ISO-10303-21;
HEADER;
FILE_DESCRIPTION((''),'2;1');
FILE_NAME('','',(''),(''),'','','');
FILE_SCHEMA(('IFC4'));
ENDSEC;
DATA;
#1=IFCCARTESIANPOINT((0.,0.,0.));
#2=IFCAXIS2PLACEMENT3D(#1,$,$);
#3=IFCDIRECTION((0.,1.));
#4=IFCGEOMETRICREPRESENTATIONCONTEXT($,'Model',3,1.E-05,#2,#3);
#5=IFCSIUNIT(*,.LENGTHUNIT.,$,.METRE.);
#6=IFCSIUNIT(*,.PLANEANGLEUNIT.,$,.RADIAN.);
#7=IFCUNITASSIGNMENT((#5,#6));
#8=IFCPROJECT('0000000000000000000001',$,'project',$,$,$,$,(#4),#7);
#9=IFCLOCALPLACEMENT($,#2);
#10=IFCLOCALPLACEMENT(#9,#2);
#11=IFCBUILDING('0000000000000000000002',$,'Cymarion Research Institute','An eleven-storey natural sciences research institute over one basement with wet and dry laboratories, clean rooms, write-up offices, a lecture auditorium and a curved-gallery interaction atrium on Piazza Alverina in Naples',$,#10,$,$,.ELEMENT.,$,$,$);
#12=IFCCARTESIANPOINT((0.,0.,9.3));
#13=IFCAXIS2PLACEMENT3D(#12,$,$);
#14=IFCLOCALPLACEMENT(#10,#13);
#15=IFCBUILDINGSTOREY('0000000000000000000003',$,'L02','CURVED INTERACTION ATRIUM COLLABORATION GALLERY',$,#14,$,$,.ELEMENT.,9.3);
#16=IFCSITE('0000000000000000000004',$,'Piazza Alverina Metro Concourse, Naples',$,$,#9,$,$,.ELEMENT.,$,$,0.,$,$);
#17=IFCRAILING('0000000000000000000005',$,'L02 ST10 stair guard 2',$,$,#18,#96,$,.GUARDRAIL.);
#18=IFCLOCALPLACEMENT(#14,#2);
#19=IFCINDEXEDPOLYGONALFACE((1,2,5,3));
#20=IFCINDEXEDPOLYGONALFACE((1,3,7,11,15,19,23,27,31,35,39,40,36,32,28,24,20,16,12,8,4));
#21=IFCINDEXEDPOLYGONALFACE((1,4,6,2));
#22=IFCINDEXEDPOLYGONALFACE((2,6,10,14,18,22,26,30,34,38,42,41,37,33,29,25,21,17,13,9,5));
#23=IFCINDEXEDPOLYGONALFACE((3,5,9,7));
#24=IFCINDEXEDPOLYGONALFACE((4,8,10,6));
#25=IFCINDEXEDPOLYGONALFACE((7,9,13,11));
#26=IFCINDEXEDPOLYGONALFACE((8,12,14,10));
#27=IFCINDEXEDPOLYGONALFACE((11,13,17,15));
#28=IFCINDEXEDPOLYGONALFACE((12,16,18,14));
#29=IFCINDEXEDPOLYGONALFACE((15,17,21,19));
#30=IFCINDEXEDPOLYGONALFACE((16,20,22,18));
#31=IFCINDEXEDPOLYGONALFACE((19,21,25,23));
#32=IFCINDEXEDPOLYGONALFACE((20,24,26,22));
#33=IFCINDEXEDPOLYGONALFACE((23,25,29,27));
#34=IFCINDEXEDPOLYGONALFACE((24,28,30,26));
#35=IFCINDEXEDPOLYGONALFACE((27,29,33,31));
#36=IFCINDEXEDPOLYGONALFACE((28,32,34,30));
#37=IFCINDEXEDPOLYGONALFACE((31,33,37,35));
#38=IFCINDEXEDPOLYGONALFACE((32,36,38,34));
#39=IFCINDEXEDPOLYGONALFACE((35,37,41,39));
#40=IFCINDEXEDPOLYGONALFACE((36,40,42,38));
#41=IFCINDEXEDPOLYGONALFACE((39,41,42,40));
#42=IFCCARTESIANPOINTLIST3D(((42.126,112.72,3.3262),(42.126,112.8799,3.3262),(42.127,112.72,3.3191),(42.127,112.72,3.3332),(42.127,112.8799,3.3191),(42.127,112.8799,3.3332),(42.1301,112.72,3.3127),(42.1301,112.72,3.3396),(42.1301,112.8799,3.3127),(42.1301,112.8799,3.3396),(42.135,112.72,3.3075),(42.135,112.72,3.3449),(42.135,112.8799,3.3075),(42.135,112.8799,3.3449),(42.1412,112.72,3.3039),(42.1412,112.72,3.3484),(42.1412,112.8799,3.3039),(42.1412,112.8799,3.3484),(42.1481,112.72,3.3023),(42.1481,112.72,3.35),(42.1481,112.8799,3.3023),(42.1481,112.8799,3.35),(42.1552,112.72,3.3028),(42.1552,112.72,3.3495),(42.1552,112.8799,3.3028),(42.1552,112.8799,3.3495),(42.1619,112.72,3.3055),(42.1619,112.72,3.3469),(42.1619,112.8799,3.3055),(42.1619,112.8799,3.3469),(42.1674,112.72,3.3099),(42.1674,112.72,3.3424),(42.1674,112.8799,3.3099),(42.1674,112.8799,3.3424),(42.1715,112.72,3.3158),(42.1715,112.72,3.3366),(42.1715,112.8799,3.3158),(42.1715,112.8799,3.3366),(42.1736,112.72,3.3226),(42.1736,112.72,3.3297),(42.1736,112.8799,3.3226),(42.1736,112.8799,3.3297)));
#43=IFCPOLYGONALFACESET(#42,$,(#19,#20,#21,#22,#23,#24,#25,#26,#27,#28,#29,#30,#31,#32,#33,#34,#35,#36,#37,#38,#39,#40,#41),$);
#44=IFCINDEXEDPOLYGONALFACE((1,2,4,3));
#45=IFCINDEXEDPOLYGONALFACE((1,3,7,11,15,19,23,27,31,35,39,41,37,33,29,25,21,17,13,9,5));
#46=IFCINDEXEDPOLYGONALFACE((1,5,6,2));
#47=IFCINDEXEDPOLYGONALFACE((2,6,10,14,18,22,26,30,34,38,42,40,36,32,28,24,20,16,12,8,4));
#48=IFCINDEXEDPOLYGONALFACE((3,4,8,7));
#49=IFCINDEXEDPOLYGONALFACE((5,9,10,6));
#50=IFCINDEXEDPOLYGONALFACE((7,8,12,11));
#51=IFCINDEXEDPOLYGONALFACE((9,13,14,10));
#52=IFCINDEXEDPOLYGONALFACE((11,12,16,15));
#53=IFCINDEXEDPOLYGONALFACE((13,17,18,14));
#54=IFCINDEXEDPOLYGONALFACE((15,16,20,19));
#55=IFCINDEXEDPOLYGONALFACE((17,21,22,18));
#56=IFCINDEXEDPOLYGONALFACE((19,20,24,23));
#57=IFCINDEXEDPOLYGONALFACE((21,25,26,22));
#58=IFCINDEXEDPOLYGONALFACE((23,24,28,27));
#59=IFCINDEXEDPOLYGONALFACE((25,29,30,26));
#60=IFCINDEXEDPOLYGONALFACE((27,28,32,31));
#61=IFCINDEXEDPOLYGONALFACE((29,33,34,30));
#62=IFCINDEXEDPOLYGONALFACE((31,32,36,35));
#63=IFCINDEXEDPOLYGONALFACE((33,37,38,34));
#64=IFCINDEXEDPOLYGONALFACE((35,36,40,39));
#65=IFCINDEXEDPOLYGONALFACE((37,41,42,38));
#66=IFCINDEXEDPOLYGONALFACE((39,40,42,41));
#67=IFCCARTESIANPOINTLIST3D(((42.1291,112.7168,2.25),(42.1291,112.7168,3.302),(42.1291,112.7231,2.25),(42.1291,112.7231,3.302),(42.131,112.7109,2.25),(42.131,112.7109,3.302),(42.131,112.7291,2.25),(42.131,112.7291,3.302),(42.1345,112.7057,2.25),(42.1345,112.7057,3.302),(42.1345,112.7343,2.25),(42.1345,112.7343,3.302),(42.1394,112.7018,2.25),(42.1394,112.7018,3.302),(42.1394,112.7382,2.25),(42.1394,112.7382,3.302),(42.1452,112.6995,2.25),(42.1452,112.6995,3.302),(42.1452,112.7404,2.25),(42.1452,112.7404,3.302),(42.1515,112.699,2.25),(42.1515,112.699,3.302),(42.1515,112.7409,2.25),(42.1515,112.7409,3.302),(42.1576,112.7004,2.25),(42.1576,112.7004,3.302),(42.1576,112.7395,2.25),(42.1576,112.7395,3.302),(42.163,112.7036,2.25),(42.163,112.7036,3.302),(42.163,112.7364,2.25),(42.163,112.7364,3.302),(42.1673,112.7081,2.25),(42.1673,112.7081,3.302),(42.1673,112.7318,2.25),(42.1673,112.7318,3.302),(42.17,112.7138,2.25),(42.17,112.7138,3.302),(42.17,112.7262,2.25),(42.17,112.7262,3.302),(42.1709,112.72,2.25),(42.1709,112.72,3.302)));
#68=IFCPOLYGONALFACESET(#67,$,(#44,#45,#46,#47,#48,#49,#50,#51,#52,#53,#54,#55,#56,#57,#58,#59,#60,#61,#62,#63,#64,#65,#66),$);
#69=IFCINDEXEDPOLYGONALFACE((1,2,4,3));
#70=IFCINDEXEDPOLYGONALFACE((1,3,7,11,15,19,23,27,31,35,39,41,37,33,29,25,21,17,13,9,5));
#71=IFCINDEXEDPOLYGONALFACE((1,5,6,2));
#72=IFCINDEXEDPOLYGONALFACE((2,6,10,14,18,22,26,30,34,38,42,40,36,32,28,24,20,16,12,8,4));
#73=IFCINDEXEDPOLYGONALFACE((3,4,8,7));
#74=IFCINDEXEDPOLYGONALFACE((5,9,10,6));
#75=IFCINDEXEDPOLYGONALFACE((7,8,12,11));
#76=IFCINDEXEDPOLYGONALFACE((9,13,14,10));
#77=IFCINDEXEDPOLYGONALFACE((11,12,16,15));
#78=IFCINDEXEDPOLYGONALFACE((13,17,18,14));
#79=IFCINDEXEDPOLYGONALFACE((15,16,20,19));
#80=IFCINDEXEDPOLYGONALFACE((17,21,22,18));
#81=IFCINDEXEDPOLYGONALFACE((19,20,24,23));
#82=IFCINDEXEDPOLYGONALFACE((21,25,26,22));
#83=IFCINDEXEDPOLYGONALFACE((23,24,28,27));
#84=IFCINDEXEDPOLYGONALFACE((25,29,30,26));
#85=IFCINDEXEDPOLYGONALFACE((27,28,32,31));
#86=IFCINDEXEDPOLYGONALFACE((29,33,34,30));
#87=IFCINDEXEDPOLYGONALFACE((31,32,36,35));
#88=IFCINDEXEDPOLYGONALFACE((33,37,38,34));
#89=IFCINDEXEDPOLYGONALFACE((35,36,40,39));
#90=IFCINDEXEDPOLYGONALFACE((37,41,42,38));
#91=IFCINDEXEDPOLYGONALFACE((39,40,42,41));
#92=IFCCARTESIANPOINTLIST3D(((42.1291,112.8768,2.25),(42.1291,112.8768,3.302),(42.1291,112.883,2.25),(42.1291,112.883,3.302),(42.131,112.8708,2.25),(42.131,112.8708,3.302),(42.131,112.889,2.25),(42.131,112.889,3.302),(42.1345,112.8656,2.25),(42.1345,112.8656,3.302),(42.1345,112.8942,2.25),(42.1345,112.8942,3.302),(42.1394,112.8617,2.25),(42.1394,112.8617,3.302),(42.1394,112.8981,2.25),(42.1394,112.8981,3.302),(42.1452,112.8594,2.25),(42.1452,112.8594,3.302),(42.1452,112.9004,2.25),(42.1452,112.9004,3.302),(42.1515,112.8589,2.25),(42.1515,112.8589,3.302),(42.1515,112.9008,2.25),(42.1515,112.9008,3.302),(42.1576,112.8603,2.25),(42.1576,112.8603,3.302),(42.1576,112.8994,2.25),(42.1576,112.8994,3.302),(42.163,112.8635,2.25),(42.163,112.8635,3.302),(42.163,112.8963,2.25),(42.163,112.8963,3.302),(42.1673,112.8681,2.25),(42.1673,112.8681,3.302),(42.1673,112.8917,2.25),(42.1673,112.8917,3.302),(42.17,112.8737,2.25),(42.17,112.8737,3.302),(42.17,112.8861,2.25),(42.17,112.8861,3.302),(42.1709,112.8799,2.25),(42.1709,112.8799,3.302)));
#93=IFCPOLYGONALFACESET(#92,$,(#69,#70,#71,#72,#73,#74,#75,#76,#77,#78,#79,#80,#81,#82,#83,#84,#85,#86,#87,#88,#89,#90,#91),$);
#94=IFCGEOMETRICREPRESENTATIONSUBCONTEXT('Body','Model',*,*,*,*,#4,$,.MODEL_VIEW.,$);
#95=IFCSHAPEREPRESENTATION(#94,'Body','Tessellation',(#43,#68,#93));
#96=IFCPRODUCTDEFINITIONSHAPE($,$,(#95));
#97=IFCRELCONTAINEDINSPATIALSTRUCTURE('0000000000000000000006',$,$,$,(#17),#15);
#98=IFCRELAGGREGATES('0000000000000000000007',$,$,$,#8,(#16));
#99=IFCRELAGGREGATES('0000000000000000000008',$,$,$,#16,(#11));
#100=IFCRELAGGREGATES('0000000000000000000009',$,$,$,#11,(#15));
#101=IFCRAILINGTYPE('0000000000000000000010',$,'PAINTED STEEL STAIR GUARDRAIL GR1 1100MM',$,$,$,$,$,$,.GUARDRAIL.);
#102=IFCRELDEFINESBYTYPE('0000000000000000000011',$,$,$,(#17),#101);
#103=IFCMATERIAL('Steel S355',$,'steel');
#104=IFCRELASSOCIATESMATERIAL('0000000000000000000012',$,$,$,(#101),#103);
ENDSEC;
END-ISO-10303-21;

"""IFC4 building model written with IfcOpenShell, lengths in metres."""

from ifc_helpers import new_model, si_unit, direction, frame, origin, origin_2d, place, context, subcontext, project, spatial, circle, extrude, material, type_object, element, save


model = new_model("IFC4")

# Units and contexts
model_context = context("Model", 3, precision=1e-05, world=origin(), true_north=direction((0.0, 1.0)))
body_context = subcontext(model_context, "Body", "Model", "MODEL_VIEW")
ifc_project = project(units=[si_unit("LENGTHUNIT", "METRE"), si_unit("PLANEANGLEUNIT", "RADIAN")], contexts=[model_context])

# Site, building, storey
site_placement = place(None, origin())
site = spatial("IfcSite", under=ifc_project, at=site_placement, Name="Piazza Alverina Metro Concourse, Naples", CompositionType="ELEMENT", RefElevation=0.0)
building_placement = place(site_placement, origin())
building = spatial("IfcBuilding", under=site, at=building_placement, Name="Cymarion Research Institute", Description="An eleven-storey natural sciences research institute over one basement with wet and dry laboratories, clean rooms, write-up offices, a lecture auditorium and a curved-gallery interaction atrium on Piazza Alverina in Naples", CompositionType="ELEMENT")
storey_placement = place(building_placement, frame((0.0, 0.0, 9.3)))
storey = spatial("IfcBuildingStorey", under=building, at=storey_placement, Name="L02", Description="CURVED INTERACTION ATRIUM COLLABORATION GALLERY", CompositionType="ELEMENT", Elevation=9.3)

# Shared definitions
ifc_material_1 = material(Name="Steel S355", Category="steel")

# Railing
railing_type_1 = type_object("IfcRailingType", Name="PAINTED STEEL STAIR GUARDRAIL GR1 1100MM", PredefinedType="GUARDRAIL", material=ifc_material_1)
railing_1_placement = place(storey_placement, frame((42.1499, 112.72, 2.25)))
element("IfcRailing", 1, at=railing_1_placement, inside=storey, type_object=railing_type_1, Name="L02 ST10 stair guard 2", PredefinedType="GUARDRAIL", context=body_context, shape_type="SweptSolid", body=[
    extrude(circle(Radius=0.0239, at=origin_2d()), frame((0.0, 0.0, 1.0762), z_axis=(0.0, 1.0, 0.0), x_axis=(-1.0, 0.0, 0.0)), (0.0, 0.0, 1.0), 0.1599),
    extrude(circle(Radius=0.021, at=origin_2d()), origin(), (0.0, 0.0, 1.0), 1.052),
    extrude(circle(Radius=0.021, at=origin_2d()), frame((0.0, 0.1599, 0.0)), (0.0, 0.0, 1.0), 1.052),
])

save(model, "model.ifc")
